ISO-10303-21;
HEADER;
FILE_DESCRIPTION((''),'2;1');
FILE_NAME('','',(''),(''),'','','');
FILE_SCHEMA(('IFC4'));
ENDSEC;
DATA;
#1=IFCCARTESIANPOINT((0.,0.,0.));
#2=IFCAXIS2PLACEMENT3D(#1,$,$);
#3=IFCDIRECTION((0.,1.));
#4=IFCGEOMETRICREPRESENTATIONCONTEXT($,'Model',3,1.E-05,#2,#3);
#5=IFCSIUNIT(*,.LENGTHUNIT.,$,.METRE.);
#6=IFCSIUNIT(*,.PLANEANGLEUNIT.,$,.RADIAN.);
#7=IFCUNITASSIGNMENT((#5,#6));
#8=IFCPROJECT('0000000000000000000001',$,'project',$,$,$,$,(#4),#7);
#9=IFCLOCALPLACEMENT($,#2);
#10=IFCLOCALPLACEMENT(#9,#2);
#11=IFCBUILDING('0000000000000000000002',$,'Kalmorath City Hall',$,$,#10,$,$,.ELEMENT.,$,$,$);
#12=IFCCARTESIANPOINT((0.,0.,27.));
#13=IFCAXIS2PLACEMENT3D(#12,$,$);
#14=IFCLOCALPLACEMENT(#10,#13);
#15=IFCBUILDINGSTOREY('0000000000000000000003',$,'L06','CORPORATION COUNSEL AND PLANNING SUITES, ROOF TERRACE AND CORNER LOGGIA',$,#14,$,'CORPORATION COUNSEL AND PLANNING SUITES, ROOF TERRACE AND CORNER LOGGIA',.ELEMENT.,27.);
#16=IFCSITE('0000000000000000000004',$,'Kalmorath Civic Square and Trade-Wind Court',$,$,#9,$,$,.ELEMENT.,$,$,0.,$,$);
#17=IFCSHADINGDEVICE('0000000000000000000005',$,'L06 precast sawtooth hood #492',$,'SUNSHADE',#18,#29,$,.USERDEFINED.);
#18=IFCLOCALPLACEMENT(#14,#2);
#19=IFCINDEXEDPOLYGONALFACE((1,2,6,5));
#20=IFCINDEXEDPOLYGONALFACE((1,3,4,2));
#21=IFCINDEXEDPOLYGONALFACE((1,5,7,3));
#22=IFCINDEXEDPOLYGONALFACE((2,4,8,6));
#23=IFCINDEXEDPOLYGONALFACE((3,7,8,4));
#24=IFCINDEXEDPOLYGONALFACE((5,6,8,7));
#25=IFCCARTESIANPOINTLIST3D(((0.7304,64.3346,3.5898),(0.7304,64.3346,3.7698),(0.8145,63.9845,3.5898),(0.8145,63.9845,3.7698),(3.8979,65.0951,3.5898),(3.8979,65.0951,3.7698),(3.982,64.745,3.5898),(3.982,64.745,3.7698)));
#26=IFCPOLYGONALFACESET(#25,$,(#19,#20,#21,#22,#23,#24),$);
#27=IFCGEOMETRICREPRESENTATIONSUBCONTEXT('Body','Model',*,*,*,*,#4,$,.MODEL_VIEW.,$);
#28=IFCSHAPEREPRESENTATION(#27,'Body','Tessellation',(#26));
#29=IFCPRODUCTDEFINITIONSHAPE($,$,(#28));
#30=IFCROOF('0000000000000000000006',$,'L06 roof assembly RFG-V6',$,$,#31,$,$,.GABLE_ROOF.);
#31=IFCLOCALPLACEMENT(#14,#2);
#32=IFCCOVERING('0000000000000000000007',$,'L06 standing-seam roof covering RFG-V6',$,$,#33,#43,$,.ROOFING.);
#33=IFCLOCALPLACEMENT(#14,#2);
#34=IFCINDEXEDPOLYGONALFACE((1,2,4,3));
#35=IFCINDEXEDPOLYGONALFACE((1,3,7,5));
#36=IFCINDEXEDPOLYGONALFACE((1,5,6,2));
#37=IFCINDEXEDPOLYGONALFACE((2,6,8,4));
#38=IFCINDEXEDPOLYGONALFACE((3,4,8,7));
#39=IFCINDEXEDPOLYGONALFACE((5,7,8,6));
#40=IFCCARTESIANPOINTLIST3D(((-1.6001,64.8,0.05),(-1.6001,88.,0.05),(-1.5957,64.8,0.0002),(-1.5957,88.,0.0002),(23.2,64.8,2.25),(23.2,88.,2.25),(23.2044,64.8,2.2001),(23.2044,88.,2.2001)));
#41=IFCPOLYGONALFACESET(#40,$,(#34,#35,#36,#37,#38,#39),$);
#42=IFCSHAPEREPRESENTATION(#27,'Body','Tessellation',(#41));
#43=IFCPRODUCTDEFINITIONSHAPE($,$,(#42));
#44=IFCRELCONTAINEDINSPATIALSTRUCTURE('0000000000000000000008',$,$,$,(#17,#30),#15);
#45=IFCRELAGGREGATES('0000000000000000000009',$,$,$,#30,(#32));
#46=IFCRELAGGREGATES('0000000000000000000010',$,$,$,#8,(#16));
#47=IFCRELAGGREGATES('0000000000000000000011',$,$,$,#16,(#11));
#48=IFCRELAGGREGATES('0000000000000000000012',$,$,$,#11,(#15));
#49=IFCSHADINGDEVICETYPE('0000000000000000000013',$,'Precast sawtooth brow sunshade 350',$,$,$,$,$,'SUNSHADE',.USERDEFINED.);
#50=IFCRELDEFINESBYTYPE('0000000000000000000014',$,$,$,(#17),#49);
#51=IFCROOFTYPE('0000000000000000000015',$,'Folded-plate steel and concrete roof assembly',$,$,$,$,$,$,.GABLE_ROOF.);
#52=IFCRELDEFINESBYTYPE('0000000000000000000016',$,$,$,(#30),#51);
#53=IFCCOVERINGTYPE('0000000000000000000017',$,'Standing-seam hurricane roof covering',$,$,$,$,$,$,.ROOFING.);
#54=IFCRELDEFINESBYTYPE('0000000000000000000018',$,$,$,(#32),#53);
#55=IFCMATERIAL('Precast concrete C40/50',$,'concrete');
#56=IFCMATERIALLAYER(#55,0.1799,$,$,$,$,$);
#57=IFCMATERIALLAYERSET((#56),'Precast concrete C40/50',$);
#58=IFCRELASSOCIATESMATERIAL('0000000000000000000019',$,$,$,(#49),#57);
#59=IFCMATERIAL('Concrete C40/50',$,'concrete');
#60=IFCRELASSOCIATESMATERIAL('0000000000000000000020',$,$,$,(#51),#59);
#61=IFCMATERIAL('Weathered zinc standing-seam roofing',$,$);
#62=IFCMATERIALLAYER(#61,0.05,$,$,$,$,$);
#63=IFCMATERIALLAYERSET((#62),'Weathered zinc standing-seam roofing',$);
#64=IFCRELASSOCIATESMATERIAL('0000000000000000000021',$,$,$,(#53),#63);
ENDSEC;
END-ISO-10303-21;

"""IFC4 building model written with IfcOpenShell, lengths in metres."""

from ifc_helpers import new_model, si_unit, direction, frame, origin, origin_2d, place, context, subcontext, project, spatial, polyline, rectangle, outline, extrude, material, layer, layer_set, type_object, element, aggregate, save


model = new_model("IFC4")

# Units and contexts
model_context = context("Model", 3, precision=1e-05, world=origin(), true_north=direction((0.0, 1.0)))
body_context = subcontext(model_context, "Body", "Model", "MODEL_VIEW")
ifc_project = project(units=[si_unit("LENGTHUNIT", "METRE"), si_unit("PLANEANGLEUNIT", "RADIAN")], contexts=[model_context])

# Site, building, storey
site_placement = place(None, origin())
site = spatial("IfcSite", under=ifc_project, at=site_placement, Name="Kalmorath Civic Square and Trade-Wind Court", CompositionType="ELEMENT", RefElevation=0.0)
building_placement = place(site_placement, origin())
building = spatial("IfcBuilding", under=site, at=building_placement, Name="Kalmorath City Hall", CompositionType="ELEMENT")
storey_placement = place(building_placement, frame((0.0, 0.0, 27.0)))
storey = spatial("IfcBuildingStorey", under=building, at=storey_placement, Name="L06", Description="CORPORATION COUNSEL AND PLANNING SUITES, ROOF TERRACE AND CORNER LOGGIA", LongName="CORPORATION COUNSEL AND PLANNING SUITES, ROOF TERRACE AND CORNER LOGGIA", CompositionType="ELEMENT", Elevation=27.0)

# Shading device
ifc_material_1 = material(Name="Precast concrete C40/50", Category="concrete")
ifc_layer_1 = layer(ifc_material_1, 0.1799)
ifc_layer_set_1 = layer_set([ifc_layer_1], Name="Precast concrete C40/50")
shading_device_type = type_object("IfcShadingDeviceType", Name="Precast sawtooth brow sunshade 350", ElementType="SUNSHADE", PredefinedType="USERDEFINED", material=ifc_layer_set_1)
for number, where, z_axis, x_axis, name in (
    (1, (2.3562, 64.5398, 3.5898), (0.0, 0.0, 1.0), (-0.972366, -0.233462, 0.0), "L06 precast sawtooth hood #492"),
):
    element("IfcShadingDevice", number, at=place(storey_placement, frame(where, z_axis=z_axis, x_axis=x_axis)), inside=storey, type_object=shading_device_type, Name=name, ObjectType="SUNSHADE", PredefinedType="USERDEFINED", context=body_context, shape_type="SweptSolid", body=[
        extrude(rectangle(XDim=3.2576, YDim=0.3601, at=origin_2d()), origin(), (0.0, 0.0, 1.0), 0.1799),
    ])

# Roof, covering
ifc_material_2 = material(Name="Concrete C40/50", Category="concrete")
roof_type = type_object("IfcRoofType", Name="Folded-plate steel and concrete roof assembly", PredefinedType="GABLE_ROOF", material=ifc_material_2)
roof_placement = place(storey_placement, origin())
roof = element("IfcRoof", 2, at=roof_placement, inside=storey, type_object=roof_type, Name="L06 roof assembly RFG-V6", PredefinedType="GABLE_ROOF")
ifc_material_3 = material(Name="Weathered zinc standing-seam roofing")
ifc_layer_2 = layer(ifc_material_3, 0.05)
ifc_layer_set_2 = layer_set([ifc_layer_2], Name="Weathered zinc standing-seam roofing")
covering_type = type_object("IfcCoveringType", Name="Standing-seam hurricane roof covering", PredefinedType="ROOFING", material=ifc_layer_set_2)
covering_placement = place(storey_placement, frame((-1.6001, 64.8, 0.05), z_axis=(-0.088361, 0.0, 0.996089), x_axis=(0.996089, 0.0, 0.088361)))
covering = element("IfcCovering", 3, at=covering_placement, type_object=covering_type, Name="L06 standing-seam roof covering RFG-V6", PredefinedType="ROOFING", context=body_context, shape_type="SweptSolid", body=[
    extrude(outline(polyline([(0.0, 0.0), (24.8974, 0.0), (24.8974, 23.2), (0.0, 23.2), (0.0, 0.0)])), origin(), (0.0, 0.0, -1.0), 0.05),
])
aggregate(roof, [covering])

save(model, "model.ifc")
